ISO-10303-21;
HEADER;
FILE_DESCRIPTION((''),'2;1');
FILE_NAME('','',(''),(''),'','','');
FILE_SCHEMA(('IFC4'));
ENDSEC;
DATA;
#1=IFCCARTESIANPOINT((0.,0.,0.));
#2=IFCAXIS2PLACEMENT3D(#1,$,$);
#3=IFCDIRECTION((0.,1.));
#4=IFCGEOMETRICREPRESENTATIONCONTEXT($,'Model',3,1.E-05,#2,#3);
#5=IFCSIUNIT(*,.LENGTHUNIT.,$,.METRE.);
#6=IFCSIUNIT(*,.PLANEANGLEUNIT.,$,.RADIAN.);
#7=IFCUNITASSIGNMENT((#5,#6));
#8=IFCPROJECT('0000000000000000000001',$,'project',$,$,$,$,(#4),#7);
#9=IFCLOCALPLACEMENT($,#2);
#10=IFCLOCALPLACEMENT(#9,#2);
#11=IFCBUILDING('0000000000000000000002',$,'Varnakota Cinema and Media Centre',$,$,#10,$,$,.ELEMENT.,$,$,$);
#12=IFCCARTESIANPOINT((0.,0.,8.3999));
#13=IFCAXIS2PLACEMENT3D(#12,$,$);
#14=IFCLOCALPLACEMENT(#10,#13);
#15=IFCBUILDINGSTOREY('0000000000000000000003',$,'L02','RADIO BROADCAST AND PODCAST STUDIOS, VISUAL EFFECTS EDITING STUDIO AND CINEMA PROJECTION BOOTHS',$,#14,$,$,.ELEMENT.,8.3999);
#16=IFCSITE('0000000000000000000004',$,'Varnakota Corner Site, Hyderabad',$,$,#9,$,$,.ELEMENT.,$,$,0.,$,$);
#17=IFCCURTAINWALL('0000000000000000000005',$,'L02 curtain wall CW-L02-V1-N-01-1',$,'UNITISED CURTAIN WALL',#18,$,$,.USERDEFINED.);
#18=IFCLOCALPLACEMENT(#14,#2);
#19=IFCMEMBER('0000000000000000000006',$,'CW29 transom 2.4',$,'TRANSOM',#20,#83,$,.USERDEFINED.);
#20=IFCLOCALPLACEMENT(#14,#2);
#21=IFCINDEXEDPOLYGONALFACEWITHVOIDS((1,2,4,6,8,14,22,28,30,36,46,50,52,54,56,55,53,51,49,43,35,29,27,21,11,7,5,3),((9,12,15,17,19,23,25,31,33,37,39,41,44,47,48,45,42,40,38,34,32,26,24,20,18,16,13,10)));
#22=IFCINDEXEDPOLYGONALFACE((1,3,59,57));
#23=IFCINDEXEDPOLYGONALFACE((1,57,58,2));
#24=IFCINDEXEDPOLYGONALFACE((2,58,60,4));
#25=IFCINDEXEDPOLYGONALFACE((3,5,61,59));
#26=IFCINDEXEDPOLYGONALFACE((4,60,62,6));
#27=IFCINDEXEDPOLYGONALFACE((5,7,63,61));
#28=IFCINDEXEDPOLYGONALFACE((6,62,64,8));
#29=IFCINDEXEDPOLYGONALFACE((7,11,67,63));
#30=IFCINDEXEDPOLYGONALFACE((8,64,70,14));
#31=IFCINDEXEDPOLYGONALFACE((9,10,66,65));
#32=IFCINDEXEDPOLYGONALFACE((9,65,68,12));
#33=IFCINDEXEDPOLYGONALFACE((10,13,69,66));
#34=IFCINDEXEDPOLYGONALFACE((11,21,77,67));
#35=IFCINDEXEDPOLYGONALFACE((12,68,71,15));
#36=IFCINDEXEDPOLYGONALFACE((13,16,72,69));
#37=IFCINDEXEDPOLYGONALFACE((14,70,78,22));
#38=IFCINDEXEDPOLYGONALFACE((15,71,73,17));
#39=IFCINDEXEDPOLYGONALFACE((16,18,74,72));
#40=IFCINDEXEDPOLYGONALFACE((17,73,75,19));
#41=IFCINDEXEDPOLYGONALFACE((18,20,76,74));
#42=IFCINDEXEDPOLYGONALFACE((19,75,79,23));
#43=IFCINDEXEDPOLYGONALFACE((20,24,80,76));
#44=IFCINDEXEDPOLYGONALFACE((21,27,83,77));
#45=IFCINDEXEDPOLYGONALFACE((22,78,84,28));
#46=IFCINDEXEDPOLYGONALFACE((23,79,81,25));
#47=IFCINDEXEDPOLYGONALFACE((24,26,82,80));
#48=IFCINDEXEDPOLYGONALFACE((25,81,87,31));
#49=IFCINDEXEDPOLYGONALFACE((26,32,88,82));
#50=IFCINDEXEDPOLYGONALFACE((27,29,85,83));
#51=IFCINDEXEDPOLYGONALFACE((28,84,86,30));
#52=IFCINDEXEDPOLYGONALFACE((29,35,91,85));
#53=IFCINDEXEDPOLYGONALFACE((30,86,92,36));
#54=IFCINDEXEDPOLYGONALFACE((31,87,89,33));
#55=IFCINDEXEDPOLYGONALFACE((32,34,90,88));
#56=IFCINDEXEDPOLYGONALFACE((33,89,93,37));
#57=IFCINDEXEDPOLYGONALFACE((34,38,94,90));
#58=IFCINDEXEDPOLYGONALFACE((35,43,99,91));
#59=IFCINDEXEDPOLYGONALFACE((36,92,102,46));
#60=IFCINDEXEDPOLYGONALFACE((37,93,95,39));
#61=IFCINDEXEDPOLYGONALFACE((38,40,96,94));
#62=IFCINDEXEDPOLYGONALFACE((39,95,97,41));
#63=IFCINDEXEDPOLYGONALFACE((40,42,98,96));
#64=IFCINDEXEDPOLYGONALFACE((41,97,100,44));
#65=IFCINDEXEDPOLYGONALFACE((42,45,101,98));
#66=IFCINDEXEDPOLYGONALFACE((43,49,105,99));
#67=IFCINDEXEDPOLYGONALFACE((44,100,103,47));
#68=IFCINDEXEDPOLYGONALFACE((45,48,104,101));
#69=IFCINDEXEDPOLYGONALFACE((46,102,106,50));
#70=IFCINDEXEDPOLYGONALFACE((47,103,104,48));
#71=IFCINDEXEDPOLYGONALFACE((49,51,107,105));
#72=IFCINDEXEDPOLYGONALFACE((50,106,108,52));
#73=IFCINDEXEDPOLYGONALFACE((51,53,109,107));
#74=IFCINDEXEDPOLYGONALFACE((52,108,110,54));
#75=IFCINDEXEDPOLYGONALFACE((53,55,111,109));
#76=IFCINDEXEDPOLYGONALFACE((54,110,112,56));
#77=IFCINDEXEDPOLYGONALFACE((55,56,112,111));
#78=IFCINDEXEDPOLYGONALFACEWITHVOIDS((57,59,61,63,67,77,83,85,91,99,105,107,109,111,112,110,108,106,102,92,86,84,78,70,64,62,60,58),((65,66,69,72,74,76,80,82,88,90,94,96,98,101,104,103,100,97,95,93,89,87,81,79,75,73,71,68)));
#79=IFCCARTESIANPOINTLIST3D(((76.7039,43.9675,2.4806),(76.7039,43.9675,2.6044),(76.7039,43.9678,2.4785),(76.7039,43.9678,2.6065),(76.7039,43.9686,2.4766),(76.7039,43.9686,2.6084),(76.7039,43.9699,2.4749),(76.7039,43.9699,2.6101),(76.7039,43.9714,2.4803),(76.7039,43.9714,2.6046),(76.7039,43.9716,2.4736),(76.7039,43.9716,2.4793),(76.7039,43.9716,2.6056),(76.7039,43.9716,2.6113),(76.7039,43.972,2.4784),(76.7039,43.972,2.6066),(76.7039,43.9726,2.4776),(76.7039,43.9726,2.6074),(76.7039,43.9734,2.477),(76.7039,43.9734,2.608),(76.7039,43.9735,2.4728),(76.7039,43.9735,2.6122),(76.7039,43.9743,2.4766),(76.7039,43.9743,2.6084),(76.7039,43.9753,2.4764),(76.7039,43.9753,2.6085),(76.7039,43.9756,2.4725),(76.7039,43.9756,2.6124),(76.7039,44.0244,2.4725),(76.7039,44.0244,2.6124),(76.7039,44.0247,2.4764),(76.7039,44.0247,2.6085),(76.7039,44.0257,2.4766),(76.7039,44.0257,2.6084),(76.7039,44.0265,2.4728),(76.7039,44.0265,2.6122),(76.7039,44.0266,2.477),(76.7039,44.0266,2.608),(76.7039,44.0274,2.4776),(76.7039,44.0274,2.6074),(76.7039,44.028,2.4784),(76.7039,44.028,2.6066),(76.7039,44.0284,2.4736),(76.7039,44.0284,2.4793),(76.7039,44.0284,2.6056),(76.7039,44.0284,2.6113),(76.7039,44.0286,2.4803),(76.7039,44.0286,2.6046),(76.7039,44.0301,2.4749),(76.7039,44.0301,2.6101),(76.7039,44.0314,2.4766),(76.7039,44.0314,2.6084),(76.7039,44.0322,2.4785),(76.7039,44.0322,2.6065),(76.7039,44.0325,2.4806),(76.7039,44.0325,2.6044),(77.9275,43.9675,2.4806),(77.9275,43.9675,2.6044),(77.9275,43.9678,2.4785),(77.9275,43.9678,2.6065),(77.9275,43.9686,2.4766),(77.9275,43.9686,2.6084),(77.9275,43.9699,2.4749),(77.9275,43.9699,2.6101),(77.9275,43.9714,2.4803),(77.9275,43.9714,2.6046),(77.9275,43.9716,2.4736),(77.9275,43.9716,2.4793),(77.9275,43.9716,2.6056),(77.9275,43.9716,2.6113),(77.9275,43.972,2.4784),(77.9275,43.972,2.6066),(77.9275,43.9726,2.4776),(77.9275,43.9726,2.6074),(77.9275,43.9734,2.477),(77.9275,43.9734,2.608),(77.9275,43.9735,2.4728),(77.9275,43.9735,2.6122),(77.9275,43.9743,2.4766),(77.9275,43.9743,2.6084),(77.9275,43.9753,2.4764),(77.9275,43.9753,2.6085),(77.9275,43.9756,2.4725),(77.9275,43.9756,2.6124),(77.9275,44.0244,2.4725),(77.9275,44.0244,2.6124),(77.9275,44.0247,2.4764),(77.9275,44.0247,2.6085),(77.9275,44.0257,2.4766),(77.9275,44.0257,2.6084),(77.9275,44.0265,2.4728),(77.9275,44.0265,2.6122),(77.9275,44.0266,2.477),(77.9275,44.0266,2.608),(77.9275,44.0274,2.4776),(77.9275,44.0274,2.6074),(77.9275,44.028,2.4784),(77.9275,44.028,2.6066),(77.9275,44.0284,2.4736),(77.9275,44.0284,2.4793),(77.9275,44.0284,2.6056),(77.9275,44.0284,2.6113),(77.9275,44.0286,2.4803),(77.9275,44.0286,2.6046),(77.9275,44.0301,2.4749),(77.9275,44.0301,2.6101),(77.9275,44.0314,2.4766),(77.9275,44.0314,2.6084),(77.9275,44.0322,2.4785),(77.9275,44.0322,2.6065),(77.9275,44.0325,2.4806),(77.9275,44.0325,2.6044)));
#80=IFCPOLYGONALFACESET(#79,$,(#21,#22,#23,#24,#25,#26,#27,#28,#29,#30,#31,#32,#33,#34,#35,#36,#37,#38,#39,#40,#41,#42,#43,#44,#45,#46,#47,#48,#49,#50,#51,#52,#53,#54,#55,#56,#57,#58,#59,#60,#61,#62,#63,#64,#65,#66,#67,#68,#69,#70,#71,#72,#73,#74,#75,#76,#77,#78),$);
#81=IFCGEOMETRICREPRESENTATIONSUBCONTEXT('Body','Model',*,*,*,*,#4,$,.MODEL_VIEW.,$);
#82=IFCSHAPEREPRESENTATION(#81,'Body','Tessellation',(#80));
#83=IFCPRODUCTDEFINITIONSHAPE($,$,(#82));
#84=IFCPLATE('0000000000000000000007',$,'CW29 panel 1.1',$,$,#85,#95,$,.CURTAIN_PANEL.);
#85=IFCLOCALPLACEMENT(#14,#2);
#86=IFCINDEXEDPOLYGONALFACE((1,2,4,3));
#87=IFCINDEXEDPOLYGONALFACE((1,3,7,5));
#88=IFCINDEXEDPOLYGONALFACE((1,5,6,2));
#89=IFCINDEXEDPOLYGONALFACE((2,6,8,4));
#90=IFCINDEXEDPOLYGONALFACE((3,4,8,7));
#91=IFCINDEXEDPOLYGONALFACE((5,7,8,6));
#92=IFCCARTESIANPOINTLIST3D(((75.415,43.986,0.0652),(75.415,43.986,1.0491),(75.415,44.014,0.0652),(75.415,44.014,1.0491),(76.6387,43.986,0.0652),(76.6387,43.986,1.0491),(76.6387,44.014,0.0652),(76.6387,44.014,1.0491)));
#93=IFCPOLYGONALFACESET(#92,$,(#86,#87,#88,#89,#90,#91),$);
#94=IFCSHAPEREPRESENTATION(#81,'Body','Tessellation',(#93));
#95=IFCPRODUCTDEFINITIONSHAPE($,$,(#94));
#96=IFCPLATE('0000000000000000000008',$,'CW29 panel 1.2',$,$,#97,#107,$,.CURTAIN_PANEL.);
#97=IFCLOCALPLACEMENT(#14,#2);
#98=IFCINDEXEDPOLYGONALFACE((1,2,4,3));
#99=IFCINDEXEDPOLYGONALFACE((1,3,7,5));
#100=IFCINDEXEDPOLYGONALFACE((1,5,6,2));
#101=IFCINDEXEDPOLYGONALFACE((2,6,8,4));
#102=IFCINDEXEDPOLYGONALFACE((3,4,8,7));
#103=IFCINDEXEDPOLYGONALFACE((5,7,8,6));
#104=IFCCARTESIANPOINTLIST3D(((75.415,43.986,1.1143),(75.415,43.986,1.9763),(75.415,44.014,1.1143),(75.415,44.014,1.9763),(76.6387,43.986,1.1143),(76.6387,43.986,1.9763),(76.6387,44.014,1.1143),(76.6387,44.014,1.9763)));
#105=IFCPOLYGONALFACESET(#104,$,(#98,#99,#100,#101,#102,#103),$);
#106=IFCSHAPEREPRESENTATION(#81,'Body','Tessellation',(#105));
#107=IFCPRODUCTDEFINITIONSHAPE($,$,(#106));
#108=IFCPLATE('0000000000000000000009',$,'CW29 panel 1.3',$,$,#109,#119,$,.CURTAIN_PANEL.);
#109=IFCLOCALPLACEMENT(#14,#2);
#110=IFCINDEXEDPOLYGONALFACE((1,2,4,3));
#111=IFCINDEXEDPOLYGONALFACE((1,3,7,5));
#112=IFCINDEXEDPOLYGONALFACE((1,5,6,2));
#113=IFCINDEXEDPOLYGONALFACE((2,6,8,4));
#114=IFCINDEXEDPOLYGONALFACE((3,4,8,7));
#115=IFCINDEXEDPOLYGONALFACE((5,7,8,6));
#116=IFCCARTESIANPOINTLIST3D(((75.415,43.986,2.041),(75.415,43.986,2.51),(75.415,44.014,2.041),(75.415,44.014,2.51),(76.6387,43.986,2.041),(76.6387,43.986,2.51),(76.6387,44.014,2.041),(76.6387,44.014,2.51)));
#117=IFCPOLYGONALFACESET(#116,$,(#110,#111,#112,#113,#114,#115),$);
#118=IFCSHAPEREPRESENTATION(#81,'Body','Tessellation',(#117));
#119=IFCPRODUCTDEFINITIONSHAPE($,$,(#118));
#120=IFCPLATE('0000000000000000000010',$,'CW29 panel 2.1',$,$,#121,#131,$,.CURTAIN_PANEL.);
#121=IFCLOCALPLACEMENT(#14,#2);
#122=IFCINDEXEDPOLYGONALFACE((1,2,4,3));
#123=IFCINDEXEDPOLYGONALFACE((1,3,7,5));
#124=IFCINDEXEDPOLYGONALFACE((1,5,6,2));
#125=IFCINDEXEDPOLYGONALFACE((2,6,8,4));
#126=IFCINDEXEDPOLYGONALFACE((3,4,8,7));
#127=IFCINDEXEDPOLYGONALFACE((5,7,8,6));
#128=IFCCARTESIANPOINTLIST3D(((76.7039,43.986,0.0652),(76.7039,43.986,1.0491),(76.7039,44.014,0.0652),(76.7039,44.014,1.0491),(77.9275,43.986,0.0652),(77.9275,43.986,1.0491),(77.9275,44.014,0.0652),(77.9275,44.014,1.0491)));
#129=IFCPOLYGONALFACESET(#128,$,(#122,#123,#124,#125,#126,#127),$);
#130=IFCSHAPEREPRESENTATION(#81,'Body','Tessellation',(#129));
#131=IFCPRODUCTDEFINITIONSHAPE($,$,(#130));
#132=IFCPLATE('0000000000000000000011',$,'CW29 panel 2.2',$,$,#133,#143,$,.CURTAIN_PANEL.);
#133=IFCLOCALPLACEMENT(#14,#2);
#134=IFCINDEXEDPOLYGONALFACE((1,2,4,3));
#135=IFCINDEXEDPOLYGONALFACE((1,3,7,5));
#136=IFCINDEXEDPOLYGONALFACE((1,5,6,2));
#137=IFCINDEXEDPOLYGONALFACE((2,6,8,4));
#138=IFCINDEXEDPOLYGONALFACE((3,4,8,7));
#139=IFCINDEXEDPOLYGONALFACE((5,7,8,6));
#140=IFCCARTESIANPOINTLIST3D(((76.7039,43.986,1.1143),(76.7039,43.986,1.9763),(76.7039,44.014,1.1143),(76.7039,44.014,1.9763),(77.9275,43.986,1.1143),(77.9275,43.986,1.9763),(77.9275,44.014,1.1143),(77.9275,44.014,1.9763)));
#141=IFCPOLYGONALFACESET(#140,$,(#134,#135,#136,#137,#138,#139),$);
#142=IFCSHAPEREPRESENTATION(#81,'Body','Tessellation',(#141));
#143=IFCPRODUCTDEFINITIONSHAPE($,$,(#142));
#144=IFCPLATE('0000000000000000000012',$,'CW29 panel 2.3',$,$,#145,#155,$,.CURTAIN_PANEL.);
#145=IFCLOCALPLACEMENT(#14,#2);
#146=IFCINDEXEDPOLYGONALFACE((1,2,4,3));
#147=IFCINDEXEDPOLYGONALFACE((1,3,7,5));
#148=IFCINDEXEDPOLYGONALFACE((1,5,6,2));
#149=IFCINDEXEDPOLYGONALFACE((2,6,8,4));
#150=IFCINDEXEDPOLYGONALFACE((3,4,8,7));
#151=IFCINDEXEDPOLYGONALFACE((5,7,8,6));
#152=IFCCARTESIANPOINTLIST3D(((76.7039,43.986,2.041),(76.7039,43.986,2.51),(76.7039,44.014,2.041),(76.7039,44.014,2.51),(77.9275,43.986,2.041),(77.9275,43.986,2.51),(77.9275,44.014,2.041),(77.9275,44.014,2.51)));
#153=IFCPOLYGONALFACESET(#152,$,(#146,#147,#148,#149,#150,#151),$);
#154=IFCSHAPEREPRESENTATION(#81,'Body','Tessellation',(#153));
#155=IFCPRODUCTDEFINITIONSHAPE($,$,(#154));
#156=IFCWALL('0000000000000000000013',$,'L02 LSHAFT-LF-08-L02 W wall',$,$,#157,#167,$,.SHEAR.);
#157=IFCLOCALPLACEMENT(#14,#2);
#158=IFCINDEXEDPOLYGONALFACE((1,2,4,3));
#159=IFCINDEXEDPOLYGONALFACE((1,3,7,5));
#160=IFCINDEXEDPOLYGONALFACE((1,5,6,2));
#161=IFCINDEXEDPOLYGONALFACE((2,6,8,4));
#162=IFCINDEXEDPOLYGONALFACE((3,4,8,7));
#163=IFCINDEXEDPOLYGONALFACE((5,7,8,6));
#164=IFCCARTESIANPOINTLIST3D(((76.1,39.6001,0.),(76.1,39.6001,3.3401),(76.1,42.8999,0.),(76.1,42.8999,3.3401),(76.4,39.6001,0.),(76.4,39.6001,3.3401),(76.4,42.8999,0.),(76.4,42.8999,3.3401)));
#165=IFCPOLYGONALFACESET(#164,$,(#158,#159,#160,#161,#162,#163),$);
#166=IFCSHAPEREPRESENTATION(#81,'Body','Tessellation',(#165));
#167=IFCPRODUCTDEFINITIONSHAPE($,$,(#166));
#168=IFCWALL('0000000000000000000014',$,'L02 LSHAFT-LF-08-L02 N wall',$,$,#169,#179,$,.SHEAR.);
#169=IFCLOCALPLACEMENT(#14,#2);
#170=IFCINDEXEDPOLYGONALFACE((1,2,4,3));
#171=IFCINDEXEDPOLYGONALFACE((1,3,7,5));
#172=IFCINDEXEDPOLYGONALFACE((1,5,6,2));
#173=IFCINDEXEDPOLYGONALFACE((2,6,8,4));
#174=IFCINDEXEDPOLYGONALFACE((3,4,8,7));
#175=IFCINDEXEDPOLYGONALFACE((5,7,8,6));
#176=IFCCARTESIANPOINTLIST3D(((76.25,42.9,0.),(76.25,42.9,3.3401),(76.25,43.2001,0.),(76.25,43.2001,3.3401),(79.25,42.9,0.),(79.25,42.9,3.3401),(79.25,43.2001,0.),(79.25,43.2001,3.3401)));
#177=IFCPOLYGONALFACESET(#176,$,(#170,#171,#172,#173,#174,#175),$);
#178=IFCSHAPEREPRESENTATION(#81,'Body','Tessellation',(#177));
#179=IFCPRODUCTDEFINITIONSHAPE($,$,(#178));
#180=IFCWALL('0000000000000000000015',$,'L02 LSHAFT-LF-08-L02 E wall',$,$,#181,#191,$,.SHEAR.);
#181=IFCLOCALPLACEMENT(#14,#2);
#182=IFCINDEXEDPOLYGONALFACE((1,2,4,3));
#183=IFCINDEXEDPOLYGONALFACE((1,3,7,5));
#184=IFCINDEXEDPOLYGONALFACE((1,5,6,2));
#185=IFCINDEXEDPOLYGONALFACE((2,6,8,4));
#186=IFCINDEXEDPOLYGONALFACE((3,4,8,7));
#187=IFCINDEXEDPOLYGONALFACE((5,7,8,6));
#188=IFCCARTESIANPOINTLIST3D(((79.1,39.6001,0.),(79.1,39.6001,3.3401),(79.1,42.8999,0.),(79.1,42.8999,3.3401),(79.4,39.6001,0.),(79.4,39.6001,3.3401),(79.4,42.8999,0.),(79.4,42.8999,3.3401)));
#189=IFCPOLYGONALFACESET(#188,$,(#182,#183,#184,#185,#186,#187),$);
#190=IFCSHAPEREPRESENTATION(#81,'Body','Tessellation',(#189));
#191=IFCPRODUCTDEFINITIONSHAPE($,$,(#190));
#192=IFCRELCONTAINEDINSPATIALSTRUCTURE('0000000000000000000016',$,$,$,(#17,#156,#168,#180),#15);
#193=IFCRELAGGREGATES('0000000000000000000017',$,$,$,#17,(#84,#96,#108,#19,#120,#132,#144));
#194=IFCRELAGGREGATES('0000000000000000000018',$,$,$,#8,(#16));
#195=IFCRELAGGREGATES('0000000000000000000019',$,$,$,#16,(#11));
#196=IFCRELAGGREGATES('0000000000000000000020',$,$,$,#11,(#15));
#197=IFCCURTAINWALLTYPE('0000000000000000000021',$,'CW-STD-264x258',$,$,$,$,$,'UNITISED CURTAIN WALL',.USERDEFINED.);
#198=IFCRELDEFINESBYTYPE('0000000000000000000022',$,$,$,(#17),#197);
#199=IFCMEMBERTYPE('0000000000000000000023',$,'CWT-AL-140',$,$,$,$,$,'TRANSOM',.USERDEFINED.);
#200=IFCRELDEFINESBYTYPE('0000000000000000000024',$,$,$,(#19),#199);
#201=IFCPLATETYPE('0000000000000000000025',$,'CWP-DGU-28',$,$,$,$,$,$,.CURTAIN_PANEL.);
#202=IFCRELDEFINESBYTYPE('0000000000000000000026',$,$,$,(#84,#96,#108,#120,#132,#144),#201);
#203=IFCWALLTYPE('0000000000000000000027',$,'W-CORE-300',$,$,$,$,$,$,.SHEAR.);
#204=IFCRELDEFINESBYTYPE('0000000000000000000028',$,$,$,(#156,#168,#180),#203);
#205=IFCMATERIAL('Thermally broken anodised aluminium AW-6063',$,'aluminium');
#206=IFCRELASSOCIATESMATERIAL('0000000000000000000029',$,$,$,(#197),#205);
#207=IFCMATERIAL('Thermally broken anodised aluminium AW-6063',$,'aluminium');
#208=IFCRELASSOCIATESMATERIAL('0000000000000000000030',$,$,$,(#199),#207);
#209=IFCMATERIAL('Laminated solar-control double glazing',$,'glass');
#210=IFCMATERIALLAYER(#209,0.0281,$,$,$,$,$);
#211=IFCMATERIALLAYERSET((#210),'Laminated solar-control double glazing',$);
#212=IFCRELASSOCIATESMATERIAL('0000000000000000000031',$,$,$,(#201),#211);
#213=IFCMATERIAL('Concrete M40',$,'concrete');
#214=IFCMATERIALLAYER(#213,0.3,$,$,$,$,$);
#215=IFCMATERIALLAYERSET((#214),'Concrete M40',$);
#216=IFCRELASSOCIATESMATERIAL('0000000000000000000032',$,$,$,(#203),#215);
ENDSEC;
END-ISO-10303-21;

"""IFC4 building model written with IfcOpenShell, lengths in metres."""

from ifc_helpers import new_model, si_unit, direction, frame, frame_2d, origin, origin_2d, place, context, subcontext, project, spatial, rectangle, hollow_rectangle, extrude, material, layer, layer_set, material_profile, profile_set, type_object, element, aggregate, save


model = new_model("IFC4")

# Units and contexts
model_context = context("Model", 3, precision=1e-05, world=origin(), true_north=direction((0.0, 1.0)))
body_context = subcontext(model_context, "Body", "Model", "MODEL_VIEW")
ifc_project = project(units=[si_unit("LENGTHUNIT", "METRE"), si_unit("PLANEANGLEUNIT", "RADIAN")], contexts=[model_context])

# Site, building, storey
site_placement = place(None, origin())
site = spatial("IfcSite", under=ifc_project, at=site_placement, Name="Varnakota Corner Site, Hyderabad", CompositionType="ELEMENT", RefElevation=0.0)
building_placement = place(site_placement, origin())
building = spatial("IfcBuilding", under=site, at=building_placement, Name="Varnakota Cinema and Media Centre", CompositionType="ELEMENT")
storey_placement = place(building_placement, frame((0.0, 0.0, 8.3999)))
storey = spatial("IfcBuildingStorey", under=building, at=storey_placement, Name="L02", Description="RADIO BROADCAST AND PODCAST STUDIOS, VISUAL EFFECTS EDITING STUDIO AND CINEMA PROJECTION BOOTHS", CompositionType="ELEMENT", Elevation=8.3999)

# Curtain wall, member, plates
ifc_material_1 = material(Name="Thermally broken anodised aluminium AW-6063", Category="aluminium")
curtain_wall_type = type_object("IfcCurtainWallType", Name="CW-STD-264x258", ElementType="UNITISED CURTAIN WALL", PredefinedType="USERDEFINED", material=ifc_material_1)
curtain_wall_placement = place(storey_placement, origin())
curtain_wall = element("IfcCurtainWall", 1, at=curtain_wall_placement, inside=storey, type_object=curtain_wall_type, Name="L02 curtain wall CW-L02-V1-N-01-1", ObjectType="UNITISED CURTAIN WALL", PredefinedType="USERDEFINED")
ifc_material_2 = material(Name="Thermally broken anodised aluminium AW-6063", Category="aluminium")
ifc_material_profile_1 = material_profile(ifc_material_2, hollow_rectangle(XDim=0.0649, YDim=0.1399, WallThickness=0.0039, InnerFilletRadius=0.0039, OuterFilletRadius=0.0081, at=origin_2d()), Name="AL-TRANSOM 140x65x4")
ifc_profile_set_1 = profile_set([ifc_material_profile_1], Name="Thermally broken anodised aluminium AW-6063")
member_type_1 = type_object("IfcMemberType", Name="CWT-AL-140", ElementType="TRANSOM", PredefinedType="USERDEFINED", material=ifc_profile_set_1)
member_1_placement = place(storey_placement, frame((76.7039, 44.0, 2.5425), z_axis=(1.0, 0.0, 0.0), x_axis=(0.0, 1.0, 0.0)))
member_1 = element("IfcMember", 2, at=member_1_placement, type_object=member_type_1, Name="CW29 transom 2.4", ObjectType="TRANSOM", PredefinedType="USERDEFINED", context=body_context, shape_type="SweptSolid", body=[
    extrude(hollow_rectangle(XDim=0.0649, YDim=0.1399, WallThickness=0.0039, InnerFilletRadius=0.0039, OuterFilletRadius=0.0081, at=origin_2d()), origin(), (0.0, 0.0, 1.0), 1.2236),
])
ifc_material_3 = material(Name="Laminated solar-control double glazing", Category="glass")
ifc_layer_1 = layer(ifc_material_3, 0.0281)
ifc_layer_set_1 = layer_set([ifc_layer_1], Name="Laminated solar-control double glazing")
plate_type = type_object("IfcPlateType", Name="CWP-DGU-28", PredefinedType="CURTAIN_PANEL", material=ifc_layer_set_1)
plate_1_placement = place(storey_placement, frame((76.0269, 44.0, 0.0652), z_axis=(0.0, 0.0, 1.0), x_axis=(1.0, 0.0, 0.0)))
plate_1 = element("IfcPlate", 3, at=plate_1_placement, type_object=plate_type, Name="CW29 panel 1.1", PredefinedType="CURTAIN_PANEL", context=body_context, shape_type="SweptSolid", body=[
    extrude(rectangle(XDim=1.2236, YDim=0.0281, at=origin_2d()), origin(), (0.0, 0.0, 1.0), 0.9839),
])
plate_2_placement = place(storey_placement, frame((76.0269, 44.0, 1.1143), z_axis=(0.0, 0.0, 1.0), x_axis=(1.0, 0.0, 0.0)))
plate_2 = element("IfcPlate", 4, at=plate_2_placement, type_object=plate_type, Name="CW29 panel 1.2", PredefinedType="CURTAIN_PANEL", context=body_context, shape_type="SweptSolid", body=[
    extrude(rectangle(XDim=1.2236, YDim=0.0281, at=origin_2d()), origin(), (0.0, 0.0, 1.0), 0.8621),
])
plate_3_placement = place(storey_placement, frame((76.0269, 44.0, 2.041), z_axis=(0.0, 0.0, 1.0), x_axis=(1.0, 0.0, 0.0)))
plate_3 = element("IfcPlate", 5, at=plate_3_placement, type_object=plate_type, Name="CW29 panel 1.3", PredefinedType="CURTAIN_PANEL", context=body_context, shape_type="SweptSolid", body=[
    extrude(rectangle(XDim=1.2236, YDim=0.0281, at=origin_2d()), origin(), (0.0, 0.0, 1.0), 0.469),
])
plate_4_placement = place(storey_placement, frame((77.3157, 44.0, 0.0652), z_axis=(0.0, 0.0, 1.0), x_axis=(1.0, 0.0, 0.0)))
plate_4 = element("IfcPlate", 6, at=plate_4_placement, type_object=plate_type, Name="CW29 panel 2.1", PredefinedType="CURTAIN_PANEL", context=body_context, shape_type="SweptSolid", body=[
    extrude(rectangle(XDim=1.2236, YDim=0.0281, at=origin_2d()), origin(), (0.0, 0.0, 1.0), 0.9839),
])
plate_5_placement = place(storey_placement, frame((77.3157, 44.0, 1.1143), z_axis=(0.0, 0.0, 1.0), x_axis=(1.0, 0.0, 0.0)))
plate_5 = element("IfcPlate", 7, at=plate_5_placement, type_object=plate_type, Name="CW29 panel 2.2", PredefinedType="CURTAIN_PANEL", context=body_context, shape_type="SweptSolid", body=[
    extrude(rectangle(XDim=1.2236, YDim=0.0281, at=origin_2d()), origin(), (0.0, 0.0, 1.0), 0.8621),
])
plate_6_placement = place(storey_placement, frame((77.3157, 44.0, 2.041), z_axis=(0.0, 0.0, 1.0), x_axis=(1.0, 0.0, 0.0)))
plate_6 = element("IfcPlate", 8, at=plate_6_placement, type_object=plate_type, Name="CW29 panel 2.3", PredefinedType="CURTAIN_PANEL", context=body_context, shape_type="SweptSolid", body=[
    extrude(rectangle(XDim=1.2236, YDim=0.0281, at=origin_2d()), origin(), (0.0, 0.0, 1.0), 0.469),
])
aggregate(curtain_wall, [plate_1, plate_2, plate_3, member_1, plate_4, plate_5, plate_6])

# Shared definitions
ifc_material_4 = material(Name="Concrete M40", Category="concrete")
ifc_layer_2 = layer(ifc_material_4, 0.3)
ifc_layer_set_2 = layer_set([ifc_layer_2], Name="Concrete M40")
wall_type_1 = type_object("IfcWallType", Name="W-CORE-300", PredefinedType="SHEAR", material=ifc_layer_set_2)

# Walls
wall_1_placement = place(storey_placement, frame((76.25, 39.6001, 0.0), z_axis=(0.0, 0.0, 1.0), x_axis=(0.0, 1.0, 0.0)))
element("IfcWall", 9, at=wall_1_placement, inside=storey, type_object=wall_type_1, Name="L02 LSHAFT-LF-08-L02 W wall", PredefinedType="SHEAR", context=body_context, shape_type="SweptSolid", body=[
    extrude(rectangle(XDim=3.2998, YDim=0.3, at=frame_2d((1.6499, 0.0))), origin(), (0.0, 0.0, 1.0), 3.3401),
])
wall_2_placement = place(storey_placement, frame((76.25, 43.05, 0.0), z_axis=(0.0, 0.0, 1.0), x_axis=(1.0, 0.0, 0.0)))
element("IfcWall", 10, at=wall_2_placement, inside=storey, type_object=wall_type_1, Name="L02 LSHAFT-LF-08-L02 N wall", PredefinedType="SHEAR", context=body_context, shape_type="SweptSolid", body=[
    extrude(rectangle(XDim=3.0, YDim=0.3, at=frame_2d((1.5, 0.0))), origin(), (0.0, 0.0, 1.0), 3.3401),
])
wall_3_placement = place(storey_placement, frame((79.25, 42.8999, 0.0), z_axis=(0.0, 0.0, 1.0), x_axis=(0.0, -1.0, 0.0)))
element("IfcWall", 11, at=wall_3_placement, inside=storey, type_object=wall_type_1, Name="L02 LSHAFT-LF-08-L02 E wall", PredefinedType="SHEAR", context=body_context, shape_type="SweptSolid", body=[
    extrude(rectangle(XDim=3.2998, YDim=0.3, at=frame_2d((1.6499, 0.0))), origin(), (0.0, 0.0, 1.0), 3.3401),
])

save(model, "model.ifc")
